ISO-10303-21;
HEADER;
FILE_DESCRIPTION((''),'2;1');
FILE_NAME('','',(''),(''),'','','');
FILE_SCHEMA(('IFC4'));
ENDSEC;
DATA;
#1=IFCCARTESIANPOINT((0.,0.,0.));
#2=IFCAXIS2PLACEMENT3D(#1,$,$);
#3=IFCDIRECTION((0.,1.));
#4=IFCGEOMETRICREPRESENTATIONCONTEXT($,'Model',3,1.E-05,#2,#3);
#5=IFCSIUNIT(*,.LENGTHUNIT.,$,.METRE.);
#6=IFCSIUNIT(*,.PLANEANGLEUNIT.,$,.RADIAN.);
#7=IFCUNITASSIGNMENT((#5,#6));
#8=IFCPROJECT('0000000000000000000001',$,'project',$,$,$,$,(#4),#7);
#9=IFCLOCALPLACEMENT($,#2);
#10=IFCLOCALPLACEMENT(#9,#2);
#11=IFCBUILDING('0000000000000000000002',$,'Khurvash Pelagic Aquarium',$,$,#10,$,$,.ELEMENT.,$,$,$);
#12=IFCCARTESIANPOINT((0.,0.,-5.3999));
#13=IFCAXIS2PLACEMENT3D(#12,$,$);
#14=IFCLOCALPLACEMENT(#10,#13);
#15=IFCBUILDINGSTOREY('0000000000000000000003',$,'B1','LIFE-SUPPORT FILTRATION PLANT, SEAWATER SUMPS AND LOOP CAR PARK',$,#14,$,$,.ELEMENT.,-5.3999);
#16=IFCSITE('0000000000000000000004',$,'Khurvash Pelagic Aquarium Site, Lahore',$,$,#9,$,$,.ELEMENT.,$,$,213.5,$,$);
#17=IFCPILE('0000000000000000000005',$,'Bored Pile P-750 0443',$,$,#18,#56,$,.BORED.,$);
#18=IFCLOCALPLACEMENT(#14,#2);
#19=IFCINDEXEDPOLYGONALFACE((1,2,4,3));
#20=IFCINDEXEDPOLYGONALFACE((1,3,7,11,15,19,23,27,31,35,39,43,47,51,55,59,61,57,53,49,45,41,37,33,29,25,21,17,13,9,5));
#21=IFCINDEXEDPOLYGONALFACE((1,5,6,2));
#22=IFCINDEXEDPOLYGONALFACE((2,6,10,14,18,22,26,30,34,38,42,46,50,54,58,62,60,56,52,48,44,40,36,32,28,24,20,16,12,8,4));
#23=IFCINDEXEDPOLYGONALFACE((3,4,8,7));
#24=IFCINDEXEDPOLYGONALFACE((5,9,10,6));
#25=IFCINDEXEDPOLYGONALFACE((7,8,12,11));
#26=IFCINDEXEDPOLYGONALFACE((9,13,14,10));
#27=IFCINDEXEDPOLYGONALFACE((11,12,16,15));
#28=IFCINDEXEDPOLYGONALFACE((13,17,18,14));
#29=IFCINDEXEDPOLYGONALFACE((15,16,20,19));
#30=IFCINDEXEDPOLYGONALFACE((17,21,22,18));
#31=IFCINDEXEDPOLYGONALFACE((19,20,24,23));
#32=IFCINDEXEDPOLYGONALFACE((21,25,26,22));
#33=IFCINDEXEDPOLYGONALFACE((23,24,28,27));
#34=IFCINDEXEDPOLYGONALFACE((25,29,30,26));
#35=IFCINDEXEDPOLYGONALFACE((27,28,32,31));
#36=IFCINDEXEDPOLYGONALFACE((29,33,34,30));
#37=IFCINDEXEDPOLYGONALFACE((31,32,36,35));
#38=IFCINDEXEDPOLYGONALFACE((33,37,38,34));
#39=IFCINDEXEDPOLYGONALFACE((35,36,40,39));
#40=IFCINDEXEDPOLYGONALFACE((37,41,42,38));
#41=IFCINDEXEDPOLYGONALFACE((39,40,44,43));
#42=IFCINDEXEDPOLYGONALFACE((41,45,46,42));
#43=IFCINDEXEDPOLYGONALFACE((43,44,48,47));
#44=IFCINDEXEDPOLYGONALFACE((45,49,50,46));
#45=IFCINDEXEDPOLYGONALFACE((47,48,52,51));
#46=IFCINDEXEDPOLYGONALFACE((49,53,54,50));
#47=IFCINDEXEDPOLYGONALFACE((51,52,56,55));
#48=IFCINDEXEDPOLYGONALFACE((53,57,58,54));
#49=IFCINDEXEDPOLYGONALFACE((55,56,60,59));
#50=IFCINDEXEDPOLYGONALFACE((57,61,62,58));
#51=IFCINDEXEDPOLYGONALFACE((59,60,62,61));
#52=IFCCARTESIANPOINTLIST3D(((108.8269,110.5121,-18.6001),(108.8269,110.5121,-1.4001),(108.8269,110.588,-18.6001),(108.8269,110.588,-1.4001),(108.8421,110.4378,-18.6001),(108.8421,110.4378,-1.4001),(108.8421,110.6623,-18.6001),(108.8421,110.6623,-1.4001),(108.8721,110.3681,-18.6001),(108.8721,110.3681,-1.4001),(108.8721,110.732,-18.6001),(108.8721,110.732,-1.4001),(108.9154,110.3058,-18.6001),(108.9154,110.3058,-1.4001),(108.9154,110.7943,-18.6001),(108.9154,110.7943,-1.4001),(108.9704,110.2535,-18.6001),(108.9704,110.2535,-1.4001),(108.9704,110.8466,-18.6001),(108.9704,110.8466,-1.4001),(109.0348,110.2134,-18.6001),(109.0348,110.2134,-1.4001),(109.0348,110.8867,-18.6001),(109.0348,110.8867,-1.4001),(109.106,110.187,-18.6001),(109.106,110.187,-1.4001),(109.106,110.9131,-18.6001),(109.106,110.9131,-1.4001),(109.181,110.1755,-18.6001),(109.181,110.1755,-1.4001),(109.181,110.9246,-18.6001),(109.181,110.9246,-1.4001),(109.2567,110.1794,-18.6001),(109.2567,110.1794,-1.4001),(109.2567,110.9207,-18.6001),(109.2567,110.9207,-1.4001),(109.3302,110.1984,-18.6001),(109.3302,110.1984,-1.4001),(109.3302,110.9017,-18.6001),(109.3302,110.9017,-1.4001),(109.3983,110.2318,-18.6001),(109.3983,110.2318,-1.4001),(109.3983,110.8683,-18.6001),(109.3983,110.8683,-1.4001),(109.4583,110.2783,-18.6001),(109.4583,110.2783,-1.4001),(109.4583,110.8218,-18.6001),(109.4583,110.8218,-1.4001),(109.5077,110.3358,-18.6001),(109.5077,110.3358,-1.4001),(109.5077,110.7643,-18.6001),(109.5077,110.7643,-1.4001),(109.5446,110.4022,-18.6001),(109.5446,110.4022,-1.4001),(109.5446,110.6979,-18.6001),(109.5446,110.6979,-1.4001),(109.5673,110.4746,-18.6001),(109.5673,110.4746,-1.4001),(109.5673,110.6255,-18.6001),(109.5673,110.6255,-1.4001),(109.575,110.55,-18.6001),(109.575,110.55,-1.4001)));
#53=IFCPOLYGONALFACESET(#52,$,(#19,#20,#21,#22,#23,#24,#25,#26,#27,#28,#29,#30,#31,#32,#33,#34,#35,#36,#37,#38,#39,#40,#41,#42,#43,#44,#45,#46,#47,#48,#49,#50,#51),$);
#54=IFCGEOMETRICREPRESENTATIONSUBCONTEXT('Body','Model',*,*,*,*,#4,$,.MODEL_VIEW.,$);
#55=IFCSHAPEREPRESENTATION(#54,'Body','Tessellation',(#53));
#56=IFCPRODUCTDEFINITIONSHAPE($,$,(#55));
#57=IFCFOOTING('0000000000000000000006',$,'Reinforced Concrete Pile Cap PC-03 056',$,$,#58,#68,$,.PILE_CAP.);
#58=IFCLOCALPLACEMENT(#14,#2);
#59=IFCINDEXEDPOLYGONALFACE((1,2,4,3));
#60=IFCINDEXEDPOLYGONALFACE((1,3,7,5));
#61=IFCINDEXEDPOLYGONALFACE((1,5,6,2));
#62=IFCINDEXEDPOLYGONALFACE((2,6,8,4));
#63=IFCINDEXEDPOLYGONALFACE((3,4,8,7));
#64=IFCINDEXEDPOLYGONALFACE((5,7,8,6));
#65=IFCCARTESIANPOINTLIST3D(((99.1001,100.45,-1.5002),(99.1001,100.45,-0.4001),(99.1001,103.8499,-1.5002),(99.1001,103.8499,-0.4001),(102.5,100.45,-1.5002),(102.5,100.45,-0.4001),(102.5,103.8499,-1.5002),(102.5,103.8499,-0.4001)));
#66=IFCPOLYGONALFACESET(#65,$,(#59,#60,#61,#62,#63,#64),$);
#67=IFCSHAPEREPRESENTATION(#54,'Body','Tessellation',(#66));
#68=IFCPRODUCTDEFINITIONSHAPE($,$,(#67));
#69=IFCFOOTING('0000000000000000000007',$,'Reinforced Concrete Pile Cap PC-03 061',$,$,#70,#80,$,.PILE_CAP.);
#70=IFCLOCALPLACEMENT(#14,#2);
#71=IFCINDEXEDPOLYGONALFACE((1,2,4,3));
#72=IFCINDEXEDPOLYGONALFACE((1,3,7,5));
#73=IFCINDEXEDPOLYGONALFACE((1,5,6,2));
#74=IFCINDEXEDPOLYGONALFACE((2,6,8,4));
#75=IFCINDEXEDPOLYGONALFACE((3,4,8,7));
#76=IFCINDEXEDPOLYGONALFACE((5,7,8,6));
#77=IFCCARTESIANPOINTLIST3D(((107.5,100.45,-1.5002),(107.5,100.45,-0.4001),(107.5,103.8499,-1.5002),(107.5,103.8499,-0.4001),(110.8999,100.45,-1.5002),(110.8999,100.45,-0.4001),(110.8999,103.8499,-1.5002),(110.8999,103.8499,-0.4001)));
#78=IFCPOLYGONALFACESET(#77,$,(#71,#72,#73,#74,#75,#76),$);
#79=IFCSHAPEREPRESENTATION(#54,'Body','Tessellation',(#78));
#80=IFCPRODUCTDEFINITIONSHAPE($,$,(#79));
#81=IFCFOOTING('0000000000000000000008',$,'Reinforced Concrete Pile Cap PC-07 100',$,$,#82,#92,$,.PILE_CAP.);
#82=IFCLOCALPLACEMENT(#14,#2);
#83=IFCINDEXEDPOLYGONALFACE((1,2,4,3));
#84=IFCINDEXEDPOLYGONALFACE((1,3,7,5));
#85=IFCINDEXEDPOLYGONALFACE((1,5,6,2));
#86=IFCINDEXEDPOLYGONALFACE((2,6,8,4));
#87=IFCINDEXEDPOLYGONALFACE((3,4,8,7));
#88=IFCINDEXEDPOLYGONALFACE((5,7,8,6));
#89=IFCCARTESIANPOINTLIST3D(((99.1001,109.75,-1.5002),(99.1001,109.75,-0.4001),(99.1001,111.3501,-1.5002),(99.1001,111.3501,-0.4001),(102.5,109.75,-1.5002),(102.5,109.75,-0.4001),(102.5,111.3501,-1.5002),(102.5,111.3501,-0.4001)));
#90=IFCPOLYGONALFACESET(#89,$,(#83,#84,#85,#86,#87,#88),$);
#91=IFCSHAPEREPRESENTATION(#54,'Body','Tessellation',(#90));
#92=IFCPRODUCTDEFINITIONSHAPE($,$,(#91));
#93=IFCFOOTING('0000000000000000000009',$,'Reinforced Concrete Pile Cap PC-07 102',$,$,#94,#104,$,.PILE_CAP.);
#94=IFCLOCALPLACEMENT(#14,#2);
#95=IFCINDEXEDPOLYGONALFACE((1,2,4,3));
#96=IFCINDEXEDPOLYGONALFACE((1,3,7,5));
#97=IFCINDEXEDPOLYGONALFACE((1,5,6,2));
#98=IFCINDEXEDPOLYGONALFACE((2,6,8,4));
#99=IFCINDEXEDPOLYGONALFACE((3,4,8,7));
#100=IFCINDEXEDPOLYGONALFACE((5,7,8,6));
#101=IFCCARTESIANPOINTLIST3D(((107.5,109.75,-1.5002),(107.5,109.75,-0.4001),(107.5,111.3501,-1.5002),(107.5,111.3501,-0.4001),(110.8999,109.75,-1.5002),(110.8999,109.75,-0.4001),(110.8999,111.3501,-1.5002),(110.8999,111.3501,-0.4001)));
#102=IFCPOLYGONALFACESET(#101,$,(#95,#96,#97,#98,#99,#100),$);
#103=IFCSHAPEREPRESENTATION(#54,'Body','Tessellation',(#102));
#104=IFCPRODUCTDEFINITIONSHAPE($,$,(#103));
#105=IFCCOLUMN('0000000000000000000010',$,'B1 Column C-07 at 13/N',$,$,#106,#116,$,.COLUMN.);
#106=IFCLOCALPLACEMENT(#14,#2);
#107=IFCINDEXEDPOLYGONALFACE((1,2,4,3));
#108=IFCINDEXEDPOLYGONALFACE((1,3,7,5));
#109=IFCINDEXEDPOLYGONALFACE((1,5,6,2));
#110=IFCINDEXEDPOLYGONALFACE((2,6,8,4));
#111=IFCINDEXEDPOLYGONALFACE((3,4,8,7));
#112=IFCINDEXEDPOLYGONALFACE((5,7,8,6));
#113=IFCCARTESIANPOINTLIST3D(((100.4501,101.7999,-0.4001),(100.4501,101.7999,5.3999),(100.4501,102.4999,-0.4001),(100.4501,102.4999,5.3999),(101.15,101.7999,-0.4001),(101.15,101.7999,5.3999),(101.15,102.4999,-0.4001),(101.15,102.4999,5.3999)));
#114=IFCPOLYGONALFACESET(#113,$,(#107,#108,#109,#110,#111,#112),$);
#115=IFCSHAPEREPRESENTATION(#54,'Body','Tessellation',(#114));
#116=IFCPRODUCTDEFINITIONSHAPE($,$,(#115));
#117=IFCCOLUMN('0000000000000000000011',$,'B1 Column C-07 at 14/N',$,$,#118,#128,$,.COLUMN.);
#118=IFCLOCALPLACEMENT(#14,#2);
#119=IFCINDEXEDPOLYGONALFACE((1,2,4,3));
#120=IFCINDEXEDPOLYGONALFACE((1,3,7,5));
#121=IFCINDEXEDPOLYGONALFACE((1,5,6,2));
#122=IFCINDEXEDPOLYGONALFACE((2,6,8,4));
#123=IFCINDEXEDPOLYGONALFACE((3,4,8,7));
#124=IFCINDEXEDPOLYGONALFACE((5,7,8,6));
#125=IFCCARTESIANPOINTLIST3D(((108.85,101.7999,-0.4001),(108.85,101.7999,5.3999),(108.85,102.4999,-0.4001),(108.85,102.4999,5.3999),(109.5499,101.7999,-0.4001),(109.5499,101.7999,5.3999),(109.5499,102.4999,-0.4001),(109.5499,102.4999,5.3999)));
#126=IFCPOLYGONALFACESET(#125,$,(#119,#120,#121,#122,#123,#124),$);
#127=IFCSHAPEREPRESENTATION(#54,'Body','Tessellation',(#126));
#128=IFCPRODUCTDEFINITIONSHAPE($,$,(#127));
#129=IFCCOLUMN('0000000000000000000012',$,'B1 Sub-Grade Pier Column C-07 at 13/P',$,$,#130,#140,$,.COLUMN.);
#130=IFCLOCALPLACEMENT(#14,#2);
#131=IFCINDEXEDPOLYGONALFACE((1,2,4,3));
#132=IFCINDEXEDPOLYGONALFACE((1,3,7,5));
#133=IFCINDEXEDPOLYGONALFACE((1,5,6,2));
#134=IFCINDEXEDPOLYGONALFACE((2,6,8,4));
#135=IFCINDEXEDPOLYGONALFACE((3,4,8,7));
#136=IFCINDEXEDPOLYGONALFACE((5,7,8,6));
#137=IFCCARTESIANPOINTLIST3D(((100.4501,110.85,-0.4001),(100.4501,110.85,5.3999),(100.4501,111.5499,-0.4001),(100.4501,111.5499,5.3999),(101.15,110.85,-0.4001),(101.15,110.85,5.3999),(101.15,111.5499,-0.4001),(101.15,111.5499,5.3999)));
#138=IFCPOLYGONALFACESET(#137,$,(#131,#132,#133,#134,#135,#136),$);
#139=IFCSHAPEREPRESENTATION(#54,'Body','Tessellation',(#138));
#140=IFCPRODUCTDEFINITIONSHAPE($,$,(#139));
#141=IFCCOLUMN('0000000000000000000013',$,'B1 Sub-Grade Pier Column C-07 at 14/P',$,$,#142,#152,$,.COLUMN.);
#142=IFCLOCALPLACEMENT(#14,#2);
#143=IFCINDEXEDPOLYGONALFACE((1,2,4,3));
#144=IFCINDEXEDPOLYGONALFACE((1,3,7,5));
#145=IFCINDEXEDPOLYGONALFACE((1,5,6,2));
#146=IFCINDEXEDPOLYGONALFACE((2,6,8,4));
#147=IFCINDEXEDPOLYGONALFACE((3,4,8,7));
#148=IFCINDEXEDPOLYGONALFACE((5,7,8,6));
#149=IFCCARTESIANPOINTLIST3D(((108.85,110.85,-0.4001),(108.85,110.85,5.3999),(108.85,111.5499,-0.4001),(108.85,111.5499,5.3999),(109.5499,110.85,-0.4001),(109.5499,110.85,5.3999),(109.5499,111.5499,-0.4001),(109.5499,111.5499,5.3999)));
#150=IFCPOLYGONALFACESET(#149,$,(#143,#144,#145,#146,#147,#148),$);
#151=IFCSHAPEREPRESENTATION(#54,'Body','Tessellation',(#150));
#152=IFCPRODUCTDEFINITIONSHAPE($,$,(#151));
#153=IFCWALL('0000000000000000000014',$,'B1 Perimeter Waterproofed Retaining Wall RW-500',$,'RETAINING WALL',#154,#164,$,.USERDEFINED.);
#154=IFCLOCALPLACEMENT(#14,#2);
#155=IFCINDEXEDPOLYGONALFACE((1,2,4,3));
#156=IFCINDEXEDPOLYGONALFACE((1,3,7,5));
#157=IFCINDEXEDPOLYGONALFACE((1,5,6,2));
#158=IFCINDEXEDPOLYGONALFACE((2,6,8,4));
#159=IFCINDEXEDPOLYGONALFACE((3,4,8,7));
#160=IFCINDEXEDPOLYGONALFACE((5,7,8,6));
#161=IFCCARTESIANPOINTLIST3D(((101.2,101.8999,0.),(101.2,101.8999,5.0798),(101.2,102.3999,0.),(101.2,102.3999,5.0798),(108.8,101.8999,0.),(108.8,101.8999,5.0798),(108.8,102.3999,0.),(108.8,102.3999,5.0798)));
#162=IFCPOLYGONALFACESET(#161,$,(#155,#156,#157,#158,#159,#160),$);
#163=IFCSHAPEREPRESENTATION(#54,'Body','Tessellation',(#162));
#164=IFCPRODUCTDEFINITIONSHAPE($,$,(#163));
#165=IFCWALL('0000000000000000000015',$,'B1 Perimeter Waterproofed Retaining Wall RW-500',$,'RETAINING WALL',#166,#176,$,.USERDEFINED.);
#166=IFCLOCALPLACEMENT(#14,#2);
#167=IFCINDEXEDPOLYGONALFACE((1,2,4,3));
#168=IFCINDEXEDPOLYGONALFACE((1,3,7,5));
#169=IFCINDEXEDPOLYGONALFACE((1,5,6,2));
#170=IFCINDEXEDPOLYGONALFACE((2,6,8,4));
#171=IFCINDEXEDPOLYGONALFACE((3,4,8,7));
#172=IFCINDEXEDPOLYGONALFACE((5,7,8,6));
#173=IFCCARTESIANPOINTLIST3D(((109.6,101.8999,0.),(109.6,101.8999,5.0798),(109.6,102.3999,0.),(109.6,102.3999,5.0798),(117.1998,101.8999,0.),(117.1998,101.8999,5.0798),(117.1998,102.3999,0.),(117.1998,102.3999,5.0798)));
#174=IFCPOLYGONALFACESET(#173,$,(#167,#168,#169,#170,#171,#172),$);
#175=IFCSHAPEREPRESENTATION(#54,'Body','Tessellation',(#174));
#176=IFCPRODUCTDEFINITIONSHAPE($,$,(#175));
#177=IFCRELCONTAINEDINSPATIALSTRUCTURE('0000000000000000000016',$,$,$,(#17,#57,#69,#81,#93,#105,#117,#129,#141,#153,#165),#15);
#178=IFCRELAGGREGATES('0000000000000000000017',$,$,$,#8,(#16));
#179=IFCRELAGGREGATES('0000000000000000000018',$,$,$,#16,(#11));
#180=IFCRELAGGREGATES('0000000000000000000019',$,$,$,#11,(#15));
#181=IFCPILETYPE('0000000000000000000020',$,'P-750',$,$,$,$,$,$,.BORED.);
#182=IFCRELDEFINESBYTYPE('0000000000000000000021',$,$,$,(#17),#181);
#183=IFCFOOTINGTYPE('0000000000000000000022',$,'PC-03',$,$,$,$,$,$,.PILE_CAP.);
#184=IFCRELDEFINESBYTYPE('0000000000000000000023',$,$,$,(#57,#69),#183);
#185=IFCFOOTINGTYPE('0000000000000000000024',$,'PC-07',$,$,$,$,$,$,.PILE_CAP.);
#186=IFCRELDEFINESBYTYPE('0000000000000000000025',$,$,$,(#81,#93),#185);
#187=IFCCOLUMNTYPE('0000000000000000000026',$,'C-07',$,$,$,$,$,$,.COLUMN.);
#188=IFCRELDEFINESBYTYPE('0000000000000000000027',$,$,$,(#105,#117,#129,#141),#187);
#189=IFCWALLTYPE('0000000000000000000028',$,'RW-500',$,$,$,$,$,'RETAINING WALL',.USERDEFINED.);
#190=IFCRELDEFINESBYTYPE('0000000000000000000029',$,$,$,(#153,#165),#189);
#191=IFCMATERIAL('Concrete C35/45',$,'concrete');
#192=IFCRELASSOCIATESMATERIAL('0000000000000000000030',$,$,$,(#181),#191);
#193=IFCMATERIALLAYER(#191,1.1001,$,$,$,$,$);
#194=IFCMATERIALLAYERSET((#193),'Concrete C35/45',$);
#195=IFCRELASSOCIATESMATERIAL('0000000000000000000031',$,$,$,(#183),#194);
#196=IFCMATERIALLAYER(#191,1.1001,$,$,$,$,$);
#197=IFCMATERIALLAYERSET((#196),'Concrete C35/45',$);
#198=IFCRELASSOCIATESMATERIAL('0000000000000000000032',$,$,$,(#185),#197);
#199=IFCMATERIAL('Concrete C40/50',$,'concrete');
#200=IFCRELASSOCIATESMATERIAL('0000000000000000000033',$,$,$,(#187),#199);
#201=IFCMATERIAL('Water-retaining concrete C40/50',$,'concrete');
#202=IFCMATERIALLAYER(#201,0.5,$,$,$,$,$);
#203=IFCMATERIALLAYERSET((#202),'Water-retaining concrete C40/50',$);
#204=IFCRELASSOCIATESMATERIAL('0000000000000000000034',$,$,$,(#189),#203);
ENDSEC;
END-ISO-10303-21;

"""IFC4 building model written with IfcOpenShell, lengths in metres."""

from ifc_helpers import new_model, si_unit, direction, frame, frame_2d, origin, origin_2d, place, context, subcontext, project, spatial, rectangle, circle, extrude, material, layer, layer_set, material_profile, profile_set, type_object, element, save


model = new_model("IFC4")

# Units and contexts
model_context = context("Model", 3, precision=1e-05, world=origin(), true_north=direction((0.0, 1.0)))
body_context = subcontext(model_context, "Body", "Model", "MODEL_VIEW")
ifc_project = project(units=[si_unit("LENGTHUNIT", "METRE"), si_unit("PLANEANGLEUNIT", "RADIAN")], contexts=[model_context])

# Site, building, storey
site_placement = place(None, origin())
site = spatial("IfcSite", under=ifc_project, at=site_placement, Name="Khurvash Pelagic Aquarium Site, Lahore", CompositionType="ELEMENT", RefElevation=213.5)
building_placement = place(site_placement, origin())
building = spatial("IfcBuilding", under=site, at=building_placement, Name="Khurvash Pelagic Aquarium", CompositionType="ELEMENT")
storey_placement = place(building_placement, frame((0.0, 0.0, -5.3999)))
storey = spatial("IfcBuildingStorey", under=building, at=storey_placement, Name="B1", Description="LIFE-SUPPORT FILTRATION PLANT, SEAWATER SUMPS AND LOOP CAR PARK", CompositionType="ELEMENT", Elevation=-5.3999)

# Shared definitions
ifc_material_1 = material(Name="Concrete C35/45", Category="concrete")

# Pile
ifc_material_profile_1 = material_profile(ifc_material_1, circle(Radius=0.375, at=origin_2d()), Name="PILE750")
ifc_profile_set_1 = profile_set([ifc_material_profile_1], Name="Concrete C35/45")
pile_type = type_object("IfcPileType", Name="P-750", PredefinedType="BORED", material=ifc_profile_set_1)
for number, where, z_axis, x_axis, name in (
    (1, (109.2, 110.55, -1.4001), (0.0, 0.0, -1.0), (1.0, 0.0, 0.0), "Bored Pile P-750 0443"),
):
    element("IfcPile", number, at=place(storey_placement, frame(where, z_axis=z_axis, x_axis=x_axis)), inside=storey, type_object=pile_type, Name=name, PredefinedType="BORED", context=body_context, shape_type="SweptSolid", body=[
        extrude(circle(Radius=0.375, at=origin_2d()), origin(), (0.0, 0.0, 1.0), 17.2),
    ])

# Footings
ifc_layer_1 = layer(ifc_material_1, 1.1001)
ifc_layer_set_1 = layer_set([ifc_layer_1], Name="Concrete C35/45")
footing_type_1 = type_object("IfcFootingType", Name="PC-03", PredefinedType="PILE_CAP", material=ifc_layer_set_1)
for number, where, z_axis, x_axis, name in (
    (2, (100.8, 102.1499, -1.5002), (0.0, 0.0, 1.0), (1.0, 0.0, 0.0), "Reinforced Concrete Pile Cap PC-03 056"),
    (3, (109.2, 102.1499, -1.5002), (0.0, 0.0, 1.0), (1.0, 0.0, 0.0), "Reinforced Concrete Pile Cap PC-03 061"),
):
    element("IfcFooting", number, at=place(storey_placement, frame(where, z_axis=z_axis, x_axis=x_axis)), inside=storey, type_object=footing_type_1, Name=name, PredefinedType="PILE_CAP", context=body_context, shape_type="SweptSolid", body=[
        extrude(rectangle(XDim=3.3999, YDim=3.3999, at=origin_2d()), origin(), (0.0, 0.0, 1.0), 1.1001),
    ])
ifc_layer_2 = layer(ifc_material_1, 1.1001)
ifc_layer_set_2 = layer_set([ifc_layer_2], Name="Concrete C35/45")
footing_type_2 = type_object("IfcFootingType", Name="PC-07", PredefinedType="PILE_CAP", material=ifc_layer_set_2)
for number, where, z_axis, x_axis, name in (
    (4, (100.8, 110.55, -1.5002), (0.0, 0.0, 1.0), (1.0, 0.0, 0.0), "Reinforced Concrete Pile Cap PC-07 100"),
    (5, (109.2, 110.55, -1.5002), (0.0, 0.0, 1.0), (1.0, 0.0, 0.0), "Reinforced Concrete Pile Cap PC-07 102"),
):
    element("IfcFooting", number, at=place(storey_placement, frame(where, z_axis=z_axis, x_axis=x_axis)), inside=storey, type_object=footing_type_2, Name=name, PredefinedType="PILE_CAP", context=body_context, shape_type="SweptSolid", body=[
        extrude(rectangle(XDim=3.3999, YDim=1.6001, at=origin_2d()), origin(), (0.0, 0.0, 1.0), 1.1001),
    ])

# Columns
ifc_material_2 = material(Name="Concrete C40/50", Category="concrete")
ifc_material_profile_2 = material_profile(ifc_material_2, rectangle(XDim=0.7, YDim=0.7, at=origin_2d()), Name="RC700X700")
ifc_profile_set_2 = profile_set([ifc_material_profile_2], Name="Concrete C40/50")
column_type = type_object("IfcColumnType", Name="C-07", PredefinedType="COLUMN", material=ifc_profile_set_2)
for number, where, z_axis, x_axis, name in (
    (6, (100.8, 102.1499, -0.4001), (0.0, 0.0, 1.0), (1.0, 0.0, 0.0), "B1 Column C-07 at 13/N"),
    (7, (109.2, 102.1499, -0.4001), (0.0, 0.0, 1.0), (1.0, 0.0, 0.0), "B1 Column C-07 at 14/N"),
    (8, (100.8, 111.2, -0.4001), (0.0, 0.0, 1.0), (1.0, 0.0, 0.0), "B1 Sub-Grade Pier Column C-07 at 13/P"),
    (9, (109.2, 111.2, -0.4001), (0.0, 0.0, 1.0), (1.0, 0.0, 0.0), "B1 Sub-Grade Pier Column C-07 at 14/P"),
):
    element("IfcColumn", number, at=place(storey_placement, frame(where, z_axis=z_axis, x_axis=x_axis)), inside=storey, type_object=column_type, Name=name, PredefinedType="COLUMN", context=body_context, shape_type="SweptSolid", body=[
        extrude(rectangle(XDim=0.7, YDim=0.7, at=origin_2d()), origin(), (0.0, 0.0, 1.0), 5.8),
    ])

# Walls
ifc_material_3 = material(Name="Water-retaining concrete C40/50", Category="concrete")
ifc_layer_3 = layer(ifc_material_3, 0.5)
ifc_layer_set_3 = layer_set([ifc_layer_3], Name="Water-retaining concrete C40/50")
wall_type = type_object("IfcWallType", Name="RW-500", ElementType="RETAINING WALL", PredefinedType="USERDEFINED", material=ifc_layer_set_3)
wall_1_placement = place(storey_placement, frame((101.2, 102.1499, 0.0), z_axis=(0.0, 0.0, 1.0), x_axis=(1.0, 0.0, 0.0)))
element("IfcWall", 10, at=wall_1_placement, inside=storey, type_object=wall_type, Name="B1 Perimeter Waterproofed Retaining Wall RW-500", ObjectType="RETAINING WALL", PredefinedType="USERDEFINED", context=body_context, shape_type="SweptSolid", body=[
    extrude(rectangle(XDim=7.6001, YDim=0.5, at=frame_2d((3.8, 0.0))), origin(), (0.0, 0.0, 1.0), 5.0798),
])
wall_2_placement = place(storey_placement, frame((109.6001, 102.1499, 0.0), z_axis=(0.0, 0.0, 1.0), x_axis=(1.0, 0.0, 0.0)))
element("IfcWall", 11, at=wall_2_placement, inside=storey, type_object=wall_type, Name="B1 Perimeter Waterproofed Retaining Wall RW-500", ObjectType="RETAINING WALL", PredefinedType="USERDEFINED", context=body_context, shape_type="SweptSolid", body=[
    extrude(rectangle(XDim=7.5999, YDim=0.5, at=frame_2d((3.7998, 0.0))), origin(), (0.0, 0.0, 1.0), 5.0798),
])

save(model, "model.ifc")
